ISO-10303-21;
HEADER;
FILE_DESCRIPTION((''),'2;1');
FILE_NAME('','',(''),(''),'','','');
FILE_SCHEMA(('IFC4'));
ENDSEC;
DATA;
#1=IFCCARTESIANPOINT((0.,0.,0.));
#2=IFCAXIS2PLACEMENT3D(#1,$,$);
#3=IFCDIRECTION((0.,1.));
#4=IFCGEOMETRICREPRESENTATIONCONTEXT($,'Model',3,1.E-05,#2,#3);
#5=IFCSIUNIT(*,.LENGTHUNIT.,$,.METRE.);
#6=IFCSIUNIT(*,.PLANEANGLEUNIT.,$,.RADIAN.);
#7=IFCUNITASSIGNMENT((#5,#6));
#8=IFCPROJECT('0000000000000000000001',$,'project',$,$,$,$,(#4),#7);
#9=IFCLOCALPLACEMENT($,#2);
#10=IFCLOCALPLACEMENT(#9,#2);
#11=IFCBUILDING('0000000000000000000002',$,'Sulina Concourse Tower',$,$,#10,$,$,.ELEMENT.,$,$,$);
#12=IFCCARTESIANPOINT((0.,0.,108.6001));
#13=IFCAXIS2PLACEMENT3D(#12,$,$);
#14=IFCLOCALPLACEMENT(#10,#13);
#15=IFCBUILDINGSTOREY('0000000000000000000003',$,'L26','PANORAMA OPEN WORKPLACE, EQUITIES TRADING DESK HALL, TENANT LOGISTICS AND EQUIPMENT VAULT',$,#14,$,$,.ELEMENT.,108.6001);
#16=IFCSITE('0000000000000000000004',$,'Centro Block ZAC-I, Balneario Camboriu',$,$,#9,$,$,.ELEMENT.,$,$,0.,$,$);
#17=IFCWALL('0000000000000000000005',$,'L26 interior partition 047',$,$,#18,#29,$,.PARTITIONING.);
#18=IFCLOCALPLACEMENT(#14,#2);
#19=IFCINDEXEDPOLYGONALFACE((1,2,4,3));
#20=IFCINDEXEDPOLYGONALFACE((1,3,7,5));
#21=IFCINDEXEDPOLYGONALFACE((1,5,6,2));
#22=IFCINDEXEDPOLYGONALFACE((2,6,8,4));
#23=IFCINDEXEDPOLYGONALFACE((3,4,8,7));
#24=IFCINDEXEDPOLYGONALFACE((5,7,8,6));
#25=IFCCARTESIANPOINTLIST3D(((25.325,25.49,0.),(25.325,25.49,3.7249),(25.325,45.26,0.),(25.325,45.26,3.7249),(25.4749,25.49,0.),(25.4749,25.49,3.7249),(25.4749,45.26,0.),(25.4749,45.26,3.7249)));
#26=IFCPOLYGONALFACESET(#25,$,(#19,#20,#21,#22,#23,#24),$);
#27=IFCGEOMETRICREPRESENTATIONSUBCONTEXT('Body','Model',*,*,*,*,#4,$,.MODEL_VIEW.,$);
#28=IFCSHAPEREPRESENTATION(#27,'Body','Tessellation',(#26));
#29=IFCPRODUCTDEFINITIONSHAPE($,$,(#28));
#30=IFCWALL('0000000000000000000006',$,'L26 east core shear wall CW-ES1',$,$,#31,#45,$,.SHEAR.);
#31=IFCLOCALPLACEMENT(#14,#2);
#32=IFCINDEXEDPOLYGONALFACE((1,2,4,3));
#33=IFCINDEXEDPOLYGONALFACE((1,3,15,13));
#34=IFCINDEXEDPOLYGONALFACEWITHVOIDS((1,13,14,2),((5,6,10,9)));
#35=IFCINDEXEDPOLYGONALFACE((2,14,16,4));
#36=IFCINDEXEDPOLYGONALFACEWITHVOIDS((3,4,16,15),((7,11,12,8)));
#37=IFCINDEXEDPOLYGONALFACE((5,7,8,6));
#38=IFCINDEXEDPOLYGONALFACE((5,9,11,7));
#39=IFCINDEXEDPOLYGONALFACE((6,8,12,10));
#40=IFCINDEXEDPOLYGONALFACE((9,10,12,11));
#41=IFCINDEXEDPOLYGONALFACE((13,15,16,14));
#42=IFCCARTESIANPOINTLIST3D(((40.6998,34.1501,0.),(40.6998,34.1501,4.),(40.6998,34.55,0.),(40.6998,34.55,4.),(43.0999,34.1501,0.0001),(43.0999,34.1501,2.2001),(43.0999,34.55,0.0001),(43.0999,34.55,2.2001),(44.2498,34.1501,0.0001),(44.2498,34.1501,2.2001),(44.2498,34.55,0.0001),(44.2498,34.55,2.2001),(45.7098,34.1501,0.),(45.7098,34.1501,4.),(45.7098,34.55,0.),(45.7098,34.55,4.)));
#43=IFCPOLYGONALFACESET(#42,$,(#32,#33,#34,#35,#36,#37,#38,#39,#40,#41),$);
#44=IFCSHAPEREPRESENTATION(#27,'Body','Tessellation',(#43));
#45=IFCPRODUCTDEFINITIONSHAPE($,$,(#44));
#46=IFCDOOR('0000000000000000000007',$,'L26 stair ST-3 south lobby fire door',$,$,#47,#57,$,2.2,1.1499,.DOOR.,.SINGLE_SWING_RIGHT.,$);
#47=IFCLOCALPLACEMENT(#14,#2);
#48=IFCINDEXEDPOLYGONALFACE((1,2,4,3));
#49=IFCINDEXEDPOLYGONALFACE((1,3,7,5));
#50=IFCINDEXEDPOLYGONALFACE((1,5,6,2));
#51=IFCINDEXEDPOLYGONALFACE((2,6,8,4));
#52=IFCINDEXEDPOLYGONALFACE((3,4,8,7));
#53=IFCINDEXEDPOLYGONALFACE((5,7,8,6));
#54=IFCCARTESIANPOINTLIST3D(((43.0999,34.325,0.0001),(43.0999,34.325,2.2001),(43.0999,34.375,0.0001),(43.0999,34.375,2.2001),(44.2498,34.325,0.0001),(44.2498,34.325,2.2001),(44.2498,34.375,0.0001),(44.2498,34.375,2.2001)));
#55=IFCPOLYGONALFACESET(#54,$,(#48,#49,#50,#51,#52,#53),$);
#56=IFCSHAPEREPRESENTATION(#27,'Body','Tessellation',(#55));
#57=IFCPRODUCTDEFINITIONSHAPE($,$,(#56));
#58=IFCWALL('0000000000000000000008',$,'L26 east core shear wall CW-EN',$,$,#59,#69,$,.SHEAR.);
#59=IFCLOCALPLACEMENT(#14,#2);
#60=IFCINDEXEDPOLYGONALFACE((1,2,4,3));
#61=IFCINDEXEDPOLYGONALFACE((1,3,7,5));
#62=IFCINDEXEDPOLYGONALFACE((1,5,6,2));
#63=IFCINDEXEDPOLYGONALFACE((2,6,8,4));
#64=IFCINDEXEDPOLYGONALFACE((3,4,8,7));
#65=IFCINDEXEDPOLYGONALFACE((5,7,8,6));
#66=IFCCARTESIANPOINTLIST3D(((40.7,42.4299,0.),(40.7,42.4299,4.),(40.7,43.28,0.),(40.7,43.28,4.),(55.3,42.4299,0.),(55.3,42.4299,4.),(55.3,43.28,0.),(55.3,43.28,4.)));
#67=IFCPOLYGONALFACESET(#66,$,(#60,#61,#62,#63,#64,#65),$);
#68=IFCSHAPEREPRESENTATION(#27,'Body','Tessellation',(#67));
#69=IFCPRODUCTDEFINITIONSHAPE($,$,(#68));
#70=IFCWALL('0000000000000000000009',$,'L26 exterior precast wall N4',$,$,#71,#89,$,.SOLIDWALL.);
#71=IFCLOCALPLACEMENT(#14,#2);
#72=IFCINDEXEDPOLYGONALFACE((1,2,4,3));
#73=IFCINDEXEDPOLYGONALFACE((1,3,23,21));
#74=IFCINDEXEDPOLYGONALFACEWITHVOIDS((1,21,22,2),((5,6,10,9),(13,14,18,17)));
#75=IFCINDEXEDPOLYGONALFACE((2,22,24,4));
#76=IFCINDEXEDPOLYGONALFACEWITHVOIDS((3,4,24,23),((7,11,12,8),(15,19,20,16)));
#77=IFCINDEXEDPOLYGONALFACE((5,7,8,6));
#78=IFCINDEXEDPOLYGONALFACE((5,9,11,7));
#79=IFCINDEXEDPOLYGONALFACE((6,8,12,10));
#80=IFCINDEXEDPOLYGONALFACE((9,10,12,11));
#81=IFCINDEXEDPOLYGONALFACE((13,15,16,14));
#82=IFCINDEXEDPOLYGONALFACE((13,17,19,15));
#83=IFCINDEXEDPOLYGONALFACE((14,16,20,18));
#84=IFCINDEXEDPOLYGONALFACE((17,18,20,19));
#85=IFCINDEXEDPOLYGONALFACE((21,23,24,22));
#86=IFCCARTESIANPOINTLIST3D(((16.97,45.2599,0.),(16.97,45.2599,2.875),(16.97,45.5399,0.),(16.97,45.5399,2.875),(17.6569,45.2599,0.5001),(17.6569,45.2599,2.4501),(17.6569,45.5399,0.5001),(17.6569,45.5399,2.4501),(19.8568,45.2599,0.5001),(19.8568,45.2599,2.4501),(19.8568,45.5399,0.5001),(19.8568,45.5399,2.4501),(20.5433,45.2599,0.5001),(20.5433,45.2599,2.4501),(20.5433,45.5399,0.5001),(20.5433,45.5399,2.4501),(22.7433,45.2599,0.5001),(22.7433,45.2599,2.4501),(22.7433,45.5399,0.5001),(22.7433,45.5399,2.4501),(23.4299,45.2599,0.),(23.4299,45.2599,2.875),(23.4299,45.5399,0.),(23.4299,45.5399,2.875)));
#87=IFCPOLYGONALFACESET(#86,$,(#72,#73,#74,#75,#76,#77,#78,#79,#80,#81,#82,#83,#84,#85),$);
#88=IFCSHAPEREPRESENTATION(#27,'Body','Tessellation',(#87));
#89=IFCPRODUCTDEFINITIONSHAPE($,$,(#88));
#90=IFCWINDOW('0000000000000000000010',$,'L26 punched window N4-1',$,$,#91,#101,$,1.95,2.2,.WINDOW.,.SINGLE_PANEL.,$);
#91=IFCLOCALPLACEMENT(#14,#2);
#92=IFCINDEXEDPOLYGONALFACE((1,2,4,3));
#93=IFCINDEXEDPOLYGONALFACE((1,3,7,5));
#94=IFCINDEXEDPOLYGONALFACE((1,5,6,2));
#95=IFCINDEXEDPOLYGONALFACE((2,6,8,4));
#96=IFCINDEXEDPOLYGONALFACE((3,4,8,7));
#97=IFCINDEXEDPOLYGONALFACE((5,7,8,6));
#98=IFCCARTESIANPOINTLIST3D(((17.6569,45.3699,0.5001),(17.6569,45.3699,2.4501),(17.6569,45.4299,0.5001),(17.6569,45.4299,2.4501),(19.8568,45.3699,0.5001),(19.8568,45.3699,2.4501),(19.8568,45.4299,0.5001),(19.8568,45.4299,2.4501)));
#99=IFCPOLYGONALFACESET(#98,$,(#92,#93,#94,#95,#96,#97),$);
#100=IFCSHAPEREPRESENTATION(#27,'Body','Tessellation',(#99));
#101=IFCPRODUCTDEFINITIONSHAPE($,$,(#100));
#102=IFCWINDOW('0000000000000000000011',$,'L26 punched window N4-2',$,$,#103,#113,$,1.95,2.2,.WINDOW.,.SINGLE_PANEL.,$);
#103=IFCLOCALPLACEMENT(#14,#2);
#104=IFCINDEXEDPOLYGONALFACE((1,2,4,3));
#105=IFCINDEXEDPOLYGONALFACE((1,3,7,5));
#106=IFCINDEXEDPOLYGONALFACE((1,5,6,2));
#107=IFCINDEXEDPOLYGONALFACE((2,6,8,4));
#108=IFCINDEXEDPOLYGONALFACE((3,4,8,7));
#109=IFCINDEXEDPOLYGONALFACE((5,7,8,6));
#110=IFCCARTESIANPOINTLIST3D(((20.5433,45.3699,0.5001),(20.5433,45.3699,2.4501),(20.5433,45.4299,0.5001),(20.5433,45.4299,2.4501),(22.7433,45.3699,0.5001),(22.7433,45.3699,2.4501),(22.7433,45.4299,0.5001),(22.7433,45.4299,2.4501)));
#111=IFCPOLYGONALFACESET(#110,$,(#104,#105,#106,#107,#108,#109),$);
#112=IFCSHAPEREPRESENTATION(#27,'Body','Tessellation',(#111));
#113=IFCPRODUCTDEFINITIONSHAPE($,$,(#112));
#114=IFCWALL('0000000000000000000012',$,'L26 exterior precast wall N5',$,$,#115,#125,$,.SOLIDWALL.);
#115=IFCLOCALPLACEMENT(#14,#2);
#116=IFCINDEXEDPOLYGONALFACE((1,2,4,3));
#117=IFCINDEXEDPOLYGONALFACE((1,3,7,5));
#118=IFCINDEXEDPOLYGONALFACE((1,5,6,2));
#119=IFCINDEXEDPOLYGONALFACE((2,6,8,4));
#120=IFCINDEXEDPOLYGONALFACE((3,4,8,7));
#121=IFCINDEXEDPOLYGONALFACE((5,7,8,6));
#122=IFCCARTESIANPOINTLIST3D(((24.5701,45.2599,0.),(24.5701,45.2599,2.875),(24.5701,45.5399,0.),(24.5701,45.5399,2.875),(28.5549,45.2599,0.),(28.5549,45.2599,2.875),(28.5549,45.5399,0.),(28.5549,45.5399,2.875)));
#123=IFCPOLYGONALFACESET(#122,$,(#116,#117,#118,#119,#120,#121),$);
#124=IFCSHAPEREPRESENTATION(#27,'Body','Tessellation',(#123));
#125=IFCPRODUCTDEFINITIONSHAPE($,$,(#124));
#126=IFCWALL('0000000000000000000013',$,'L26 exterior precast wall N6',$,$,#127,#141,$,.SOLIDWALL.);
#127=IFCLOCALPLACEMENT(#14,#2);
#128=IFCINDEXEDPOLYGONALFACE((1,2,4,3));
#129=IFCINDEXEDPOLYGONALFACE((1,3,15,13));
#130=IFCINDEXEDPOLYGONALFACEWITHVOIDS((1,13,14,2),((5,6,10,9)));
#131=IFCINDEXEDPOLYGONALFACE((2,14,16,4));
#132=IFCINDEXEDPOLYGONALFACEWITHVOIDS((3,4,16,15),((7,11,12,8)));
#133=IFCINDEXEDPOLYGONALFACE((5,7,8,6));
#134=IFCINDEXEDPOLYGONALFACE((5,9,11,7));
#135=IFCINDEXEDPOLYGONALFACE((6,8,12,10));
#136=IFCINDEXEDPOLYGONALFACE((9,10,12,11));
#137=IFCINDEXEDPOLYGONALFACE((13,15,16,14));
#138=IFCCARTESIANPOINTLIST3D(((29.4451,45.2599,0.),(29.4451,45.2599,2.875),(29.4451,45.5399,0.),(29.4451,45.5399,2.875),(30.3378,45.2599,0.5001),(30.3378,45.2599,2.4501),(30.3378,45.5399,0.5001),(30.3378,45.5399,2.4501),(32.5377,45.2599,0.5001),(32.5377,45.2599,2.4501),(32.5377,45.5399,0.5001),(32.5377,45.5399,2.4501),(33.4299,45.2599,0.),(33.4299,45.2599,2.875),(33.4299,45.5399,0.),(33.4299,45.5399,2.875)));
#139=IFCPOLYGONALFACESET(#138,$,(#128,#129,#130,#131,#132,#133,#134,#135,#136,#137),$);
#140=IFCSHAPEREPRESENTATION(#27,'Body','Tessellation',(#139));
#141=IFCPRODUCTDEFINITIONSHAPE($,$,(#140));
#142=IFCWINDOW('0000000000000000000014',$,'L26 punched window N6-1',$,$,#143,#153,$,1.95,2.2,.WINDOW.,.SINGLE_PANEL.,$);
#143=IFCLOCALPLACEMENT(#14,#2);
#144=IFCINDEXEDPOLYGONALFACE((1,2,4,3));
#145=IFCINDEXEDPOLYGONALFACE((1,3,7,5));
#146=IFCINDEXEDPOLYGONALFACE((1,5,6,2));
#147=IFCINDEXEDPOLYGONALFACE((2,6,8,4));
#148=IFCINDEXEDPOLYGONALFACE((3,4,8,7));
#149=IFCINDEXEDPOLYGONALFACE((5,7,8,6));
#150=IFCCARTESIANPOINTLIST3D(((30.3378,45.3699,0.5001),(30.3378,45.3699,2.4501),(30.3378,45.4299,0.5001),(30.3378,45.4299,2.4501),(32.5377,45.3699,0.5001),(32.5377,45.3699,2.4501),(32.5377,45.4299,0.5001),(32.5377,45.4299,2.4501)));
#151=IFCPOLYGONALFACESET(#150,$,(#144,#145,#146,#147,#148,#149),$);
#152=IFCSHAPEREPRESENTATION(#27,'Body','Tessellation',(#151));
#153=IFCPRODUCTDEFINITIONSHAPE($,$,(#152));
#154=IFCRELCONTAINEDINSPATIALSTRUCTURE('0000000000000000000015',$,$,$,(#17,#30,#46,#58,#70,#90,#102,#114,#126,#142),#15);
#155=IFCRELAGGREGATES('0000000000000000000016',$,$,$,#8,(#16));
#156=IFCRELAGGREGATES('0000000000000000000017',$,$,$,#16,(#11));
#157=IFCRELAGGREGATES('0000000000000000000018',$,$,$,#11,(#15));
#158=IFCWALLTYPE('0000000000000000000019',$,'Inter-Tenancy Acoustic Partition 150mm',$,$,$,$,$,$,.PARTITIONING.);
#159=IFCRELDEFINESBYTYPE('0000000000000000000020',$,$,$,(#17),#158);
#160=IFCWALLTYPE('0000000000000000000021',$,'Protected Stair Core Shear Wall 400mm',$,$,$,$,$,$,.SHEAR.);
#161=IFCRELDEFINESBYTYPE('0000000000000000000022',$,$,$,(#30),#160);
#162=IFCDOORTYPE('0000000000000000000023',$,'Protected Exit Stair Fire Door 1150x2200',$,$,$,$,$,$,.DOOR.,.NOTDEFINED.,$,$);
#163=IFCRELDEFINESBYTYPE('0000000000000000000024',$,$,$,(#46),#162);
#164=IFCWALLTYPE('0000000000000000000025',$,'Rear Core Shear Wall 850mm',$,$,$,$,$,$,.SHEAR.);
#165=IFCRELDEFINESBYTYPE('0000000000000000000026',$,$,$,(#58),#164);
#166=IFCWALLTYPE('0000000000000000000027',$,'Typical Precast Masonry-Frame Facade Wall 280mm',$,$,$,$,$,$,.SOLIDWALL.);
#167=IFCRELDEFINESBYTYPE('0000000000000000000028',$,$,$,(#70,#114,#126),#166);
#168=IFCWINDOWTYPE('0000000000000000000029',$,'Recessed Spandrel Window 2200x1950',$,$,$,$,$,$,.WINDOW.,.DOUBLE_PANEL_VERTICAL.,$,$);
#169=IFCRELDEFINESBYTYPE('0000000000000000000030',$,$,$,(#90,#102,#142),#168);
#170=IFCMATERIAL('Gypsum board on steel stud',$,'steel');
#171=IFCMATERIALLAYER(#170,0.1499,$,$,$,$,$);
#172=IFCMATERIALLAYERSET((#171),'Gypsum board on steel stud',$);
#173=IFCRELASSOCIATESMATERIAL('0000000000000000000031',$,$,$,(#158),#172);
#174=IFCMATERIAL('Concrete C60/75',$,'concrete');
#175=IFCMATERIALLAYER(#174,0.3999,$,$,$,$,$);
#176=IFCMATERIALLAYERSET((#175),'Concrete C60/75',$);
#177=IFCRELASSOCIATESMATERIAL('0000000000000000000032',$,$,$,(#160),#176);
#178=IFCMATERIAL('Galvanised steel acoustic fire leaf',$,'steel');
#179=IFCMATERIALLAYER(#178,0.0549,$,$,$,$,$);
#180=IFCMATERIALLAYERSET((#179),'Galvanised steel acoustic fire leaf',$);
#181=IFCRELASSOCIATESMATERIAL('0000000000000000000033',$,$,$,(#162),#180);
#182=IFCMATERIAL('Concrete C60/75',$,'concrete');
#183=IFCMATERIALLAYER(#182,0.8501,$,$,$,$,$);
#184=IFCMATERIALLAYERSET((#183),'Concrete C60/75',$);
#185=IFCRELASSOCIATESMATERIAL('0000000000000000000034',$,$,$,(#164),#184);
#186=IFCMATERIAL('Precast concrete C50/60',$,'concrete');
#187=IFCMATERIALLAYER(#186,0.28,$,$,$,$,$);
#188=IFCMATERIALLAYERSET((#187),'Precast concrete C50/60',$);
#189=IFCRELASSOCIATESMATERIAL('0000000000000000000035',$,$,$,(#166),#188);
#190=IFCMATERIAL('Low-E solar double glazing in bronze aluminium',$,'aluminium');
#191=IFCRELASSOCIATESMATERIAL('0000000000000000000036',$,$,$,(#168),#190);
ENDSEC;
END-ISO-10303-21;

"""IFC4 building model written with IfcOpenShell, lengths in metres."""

from ifc_helpers import new_model, si_unit, direction, frame, frame_2d, origin, place, context, subcontext, project, spatial, rectangle, extrude, material, layer, layer_set, type_object, element, fill, save


model = new_model("IFC4")

# Units and contexts
model_context = context("Model", 3, precision=1e-05, world=origin(), true_north=direction((0.0, 1.0)))
body_context = subcontext(model_context, "Body", "Model", "MODEL_VIEW")
ifc_project = project(units=[si_unit("LENGTHUNIT", "METRE"), si_unit("PLANEANGLEUNIT", "RADIAN")], contexts=[model_context])

# Site, building, storey
site_placement = place(None, origin())
site = spatial("IfcSite", under=ifc_project, at=site_placement, Name="Centro Block ZAC-I, Balneario Camboriu", CompositionType="ELEMENT", RefElevation=0.0)
building_placement = place(site_placement, origin())
building = spatial("IfcBuilding", under=site, at=building_placement, Name="Sulina Concourse Tower", CompositionType="ELEMENT")
storey_placement = place(building_placement, frame((0.0, 0.0, 108.6001)))
storey = spatial("IfcBuildingStorey", under=building, at=storey_placement, Name="L26", Description="PANORAMA OPEN WORKPLACE, EQUITIES TRADING DESK HALL, TENANT LOGISTICS AND EQUIPMENT VAULT", CompositionType="ELEMENT", Elevation=108.6001)

# Wall
ifc_material_1 = material(Name="Gypsum board on steel stud", Category="steel")
ifc_layer_1 = layer(ifc_material_1, 0.1499)
ifc_layer_set_1 = layer_set([ifc_layer_1], Name="Gypsum board on steel stud")
wall_type_1 = type_object("IfcWallType", Name="Inter-Tenancy Acoustic Partition 150mm", PredefinedType="PARTITIONING", material=ifc_layer_set_1)
wall_1_placement = place(storey_placement, frame((25.3999, 25.49, 0.0), z_axis=(0.0, 0.0, 1.0), x_axis=(0.0, 1.0, 0.0)))
element("IfcWall", 1, at=wall_1_placement, inside=storey, type_object=wall_type_1, Name="L26 interior partition 047", PredefinedType="PARTITIONING", context=body_context, shape_type="SweptSolid", body=[
    extrude(rectangle(XDim=19.77, YDim=0.1499, at=frame_2d((9.885, 0.0))), origin(), (0.0, 0.0, 1.0), 3.7249),
])

# Wall, opening, door
ifc_material_2 = material(Name="Concrete C60/75", Category="concrete")
ifc_layer_2 = layer(ifc_material_2, 0.3999)
ifc_layer_set_2 = layer_set([ifc_layer_2], Name="Concrete C60/75")
wall_type_2 = type_object("IfcWallType", Name="Protected Stair Core Shear Wall 400mm", PredefinedType="SHEAR", material=ifc_layer_set_2)
wall_2_placement = place(storey_placement, frame((40.7, 34.3501, 0.0), z_axis=(0.0, 0.0, 1.0), x_axis=(1.0, 0.0, 0.0)))
wall_2 = element("IfcWall", 2, at=wall_2_placement, inside=storey, type_object=wall_type_2, Name="L26 east core shear wall CW-ES1", PredefinedType="SHEAR", context=body_context, shape_type="SweptSolid", body=[
    extrude(rectangle(XDim=5.01, YDim=0.3999, at=frame_2d((2.5049, 0.0))), origin(), (0.0, 0.0, 1.0), 4.0),
])
opening_1_placement = place(wall_2_placement, frame((2.3999, 0.0, 0.0)))
opening_1 = element("IfcOpeningElement", 3, at=opening_1_placement, cuts=wall_2, PredefinedType="OPENING", context=body_context, shape_type="SweptSolid", body=[
    extrude(rectangle(XDim=1.1499, YDim=2.2, at=frame_2d((0.575, 1.1001))), frame((0.0, 0.21, 0.0), z_axis=(0.0, -1.0, 0.0), x_axis=(1.0, 0.0, 0.0)), (0.0, 0.0, 1.0), 0.4199),
])
ifc_material_3 = material(Name="Galvanised steel acoustic fire leaf", Category="steel")
ifc_layer_3 = layer(ifc_material_3, 0.0549)
ifc_layer_set_3 = layer_set([ifc_layer_3], Name="Galvanised steel acoustic fire leaf")
door_type = type_object("IfcDoorType", Name="Protected Exit Stair Fire Door 1150x2200", OperationType="NOTDEFINED", PredefinedType="DOOR", material=ifc_layer_set_3)
door_placement = place(opening_1_placement, origin())
door = element("IfcDoor", 4, at=door_placement, inside=storey, type_object=door_type, Name="L26 stair ST-3 south lobby fire door", OperationType="SINGLE_SWING_RIGHT", OverallHeight=2.2, OverallWidth=1.1499, PredefinedType="DOOR", context=body_context, shape_type="SweptSolid", body=[
    extrude(rectangle(XDim=1.1499, YDim=2.2, at=frame_2d((0.575, 1.1001))), frame((0.0, 0.0249, 0.0), z_axis=(0.0, -1.0, 0.0), x_axis=(1.0, 0.0, 0.0)), (0.0, 0.0, 1.0), 0.05),
])
fill(opening_1, door)

# Wall
ifc_material_4 = material(Name="Concrete C60/75", Category="concrete")
ifc_layer_4 = layer(ifc_material_4, 0.8501)
ifc_layer_set_4 = layer_set([ifc_layer_4], Name="Concrete C60/75")
wall_type_3 = type_object("IfcWallType", Name="Rear Core Shear Wall 850mm", PredefinedType="SHEAR", material=ifc_layer_set_4)
wall_3_placement = place(storey_placement, frame((40.7, 42.855, 0.0), z_axis=(0.0, 0.0, 1.0), x_axis=(1.0, 0.0, 0.0)))
element("IfcWall", 5, at=wall_3_placement, inside=storey, type_object=wall_type_3, Name="L26 east core shear wall CW-EN", PredefinedType="SHEAR", context=body_context, shape_type="SweptSolid", body=[
    extrude(rectangle(XDim=14.6001, YDim=0.8501, at=frame_2d((7.3, 0.0))), origin(), (0.0, 0.0, 1.0), 4.0),
])

# Wall, openings, windows
ifc_material_5 = material(Name="Precast concrete C50/60", Category="concrete")
ifc_layer_5 = layer(ifc_material_5, 0.28)
ifc_layer_set_5 = layer_set([ifc_layer_5], Name="Precast concrete C50/60")
wall_type_4 = type_object("IfcWallType", Name="Typical Precast Masonry-Frame Facade Wall 280mm", PredefinedType="SOLIDWALL", material=ifc_layer_set_5)
wall_4_placement = place(storey_placement, frame((16.97, 45.3999, 0.0), z_axis=(0.0, 0.0, 1.0), x_axis=(1.0, 0.0, 0.0)))
wall_4 = element("IfcWall", 6, at=wall_4_placement, inside=storey, type_object=wall_type_4, Name="L26 exterior precast wall N4", PredefinedType="SOLIDWALL", context=body_context, shape_type="SweptSolid", body=[
    extrude(rectangle(XDim=6.46, YDim=0.28, at=frame_2d((3.23, 0.0))), origin(), (0.0, 0.0, 1.0), 2.875),
])
opening_2_placement = place(wall_4_placement, frame((0.6868, 0.0, 0.5)))
opening_2 = element("IfcOpeningElement", 7, at=opening_2_placement, cuts=wall_4, PredefinedType="OPENING", context=body_context, shape_type="SweptSolid", body=[
    extrude(rectangle(XDim=2.2, YDim=1.95, at=frame_2d((1.1001, 0.9751))), frame((0.0, 0.1499, 0.0), z_axis=(0.0, -1.0, 0.0), x_axis=(1.0, 0.0, 0.0)), (0.0, 0.0, 1.0), 0.3),
])
opening_3_placement = place(wall_4_placement, frame((3.5732, 0.0, 0.5)))
opening_3 = element("IfcOpeningElement", 8, at=opening_3_placement, cuts=wall_4, PredefinedType="OPENING", context=body_context, shape_type="SweptSolid", body=[
    extrude(rectangle(XDim=2.2, YDim=1.95, at=frame_2d((1.1001, 0.9751))), frame((0.0, 0.1499, 0.0), z_axis=(0.0, -1.0, 0.0), x_axis=(1.0, 0.0, 0.0)), (0.0, 0.0, 1.0), 0.3),
])
ifc_material_6 = material(Name="Low-E solar double glazing in bronze aluminium", Category="aluminium")
window_type = type_object("IfcWindowType", Name="Recessed Spandrel Window 2200x1950", PartitioningType="DOUBLE_PANEL_VERTICAL", PredefinedType="WINDOW", material=ifc_material_6)
window_1_placement = place(opening_2_placement, origin())
window_1 = element("IfcWindow", 9, at=window_1_placement, inside=storey, type_object=window_type, Name="L26 punched window N4-1", OverallHeight=1.95, OverallWidth=2.2, PartitioningType="SINGLE_PANEL", PredefinedType="WINDOW", context=body_context, shape_type="SweptSolid", body=[
    extrude(rectangle(XDim=2.2, YDim=1.95, at=frame_2d((1.1001, 0.9751))), frame((0.0, 0.03, 0.0), z_axis=(0.0, -1.0, 0.0), x_axis=(1.0, 0.0, 0.0)), (0.0, 0.0, 1.0), 0.0601),
])
fill(opening_2, window_1)
window_2_placement = place(opening_3_placement, origin())
window_2 = element("IfcWindow", 10, at=window_2_placement, inside=storey, type_object=window_type, Name="L26 punched window N4-2", OverallHeight=1.95, OverallWidth=2.2, PartitioningType="SINGLE_PANEL", PredefinedType="WINDOW", context=body_context, shape_type="SweptSolid", body=[
    extrude(rectangle(XDim=2.2, YDim=1.95, at=frame_2d((1.1001, 0.9751))), frame((0.0, 0.03, 0.0), z_axis=(0.0, -1.0, 0.0), x_axis=(1.0, 0.0, 0.0)), (0.0, 0.0, 1.0), 0.0601),
])
fill(opening_3, window_2)

# Wall
wall_5_placement = place(storey_placement, frame((24.5701, 45.3999, 0.0), z_axis=(0.0, 0.0, 1.0), x_axis=(1.0, 0.0, 0.0)))
element("IfcWall", 11, at=wall_5_placement, inside=storey, type_object=wall_type_4, Name="L26 exterior precast wall N5", PredefinedType="SOLIDWALL", context=body_context, shape_type="SweptSolid", body=[
    extrude(rectangle(XDim=3.9849, YDim=0.28, at=frame_2d((1.9924, 0.0))), origin(), (0.0, 0.0, 1.0), 2.875),
])

# Wall, opening, window
wall_6_placement = place(storey_placement, frame((29.4451, 45.3999, 0.0), z_axis=(0.0, 0.0, 1.0), x_axis=(1.0, 0.0, 0.0)))
wall_6 = element("IfcWall", 12, at=wall_6_placement, inside=storey, type_object=wall_type_4, Name="L26 exterior precast wall N6", PredefinedType="SOLIDWALL", context=body_context, shape_type="SweptSolid", body=[
    extrude(rectangle(XDim=3.9849, YDim=0.28, at=frame_2d((1.9924, 0.0))), origin(), (0.0, 0.0, 1.0), 2.875),
])
opening_4_placement = place(wall_6_placement, frame((0.8926, 0.0, 0.5)))
opening_4 = element("IfcOpeningElement", 13, at=opening_4_placement, cuts=wall_6, PredefinedType="OPENING", context=body_context, shape_type="SweptSolid", body=[
    extrude(rectangle(XDim=2.2, YDim=1.95, at=frame_2d((1.1001, 0.9751))), frame((0.0, 0.1499, 0.0), z_axis=(0.0, -1.0, 0.0), x_axis=(1.0, 0.0, 0.0)), (0.0, 0.0, 1.0), 0.3),
])
window_3_placement = place(opening_4_placement, origin())
window_3 = element("IfcWindow", 14, at=window_3_placement, inside=storey, type_object=window_type, Name="L26 punched window N6-1", OverallHeight=1.95, OverallWidth=2.2, PartitioningType="SINGLE_PANEL", PredefinedType="WINDOW", context=body_context, shape_type="SweptSolid", body=[
    extrude(rectangle(XDim=2.2, YDim=1.95, at=frame_2d((1.1001, 0.9751))), frame((0.0, 0.03, 0.0), z_axis=(0.0, -1.0, 0.0), x_axis=(1.0, 0.0, 0.0)), (0.0, 0.0, 1.0), 0.0601),
])
fill(opening_4, window_3)

save(model, "model.ifc")
